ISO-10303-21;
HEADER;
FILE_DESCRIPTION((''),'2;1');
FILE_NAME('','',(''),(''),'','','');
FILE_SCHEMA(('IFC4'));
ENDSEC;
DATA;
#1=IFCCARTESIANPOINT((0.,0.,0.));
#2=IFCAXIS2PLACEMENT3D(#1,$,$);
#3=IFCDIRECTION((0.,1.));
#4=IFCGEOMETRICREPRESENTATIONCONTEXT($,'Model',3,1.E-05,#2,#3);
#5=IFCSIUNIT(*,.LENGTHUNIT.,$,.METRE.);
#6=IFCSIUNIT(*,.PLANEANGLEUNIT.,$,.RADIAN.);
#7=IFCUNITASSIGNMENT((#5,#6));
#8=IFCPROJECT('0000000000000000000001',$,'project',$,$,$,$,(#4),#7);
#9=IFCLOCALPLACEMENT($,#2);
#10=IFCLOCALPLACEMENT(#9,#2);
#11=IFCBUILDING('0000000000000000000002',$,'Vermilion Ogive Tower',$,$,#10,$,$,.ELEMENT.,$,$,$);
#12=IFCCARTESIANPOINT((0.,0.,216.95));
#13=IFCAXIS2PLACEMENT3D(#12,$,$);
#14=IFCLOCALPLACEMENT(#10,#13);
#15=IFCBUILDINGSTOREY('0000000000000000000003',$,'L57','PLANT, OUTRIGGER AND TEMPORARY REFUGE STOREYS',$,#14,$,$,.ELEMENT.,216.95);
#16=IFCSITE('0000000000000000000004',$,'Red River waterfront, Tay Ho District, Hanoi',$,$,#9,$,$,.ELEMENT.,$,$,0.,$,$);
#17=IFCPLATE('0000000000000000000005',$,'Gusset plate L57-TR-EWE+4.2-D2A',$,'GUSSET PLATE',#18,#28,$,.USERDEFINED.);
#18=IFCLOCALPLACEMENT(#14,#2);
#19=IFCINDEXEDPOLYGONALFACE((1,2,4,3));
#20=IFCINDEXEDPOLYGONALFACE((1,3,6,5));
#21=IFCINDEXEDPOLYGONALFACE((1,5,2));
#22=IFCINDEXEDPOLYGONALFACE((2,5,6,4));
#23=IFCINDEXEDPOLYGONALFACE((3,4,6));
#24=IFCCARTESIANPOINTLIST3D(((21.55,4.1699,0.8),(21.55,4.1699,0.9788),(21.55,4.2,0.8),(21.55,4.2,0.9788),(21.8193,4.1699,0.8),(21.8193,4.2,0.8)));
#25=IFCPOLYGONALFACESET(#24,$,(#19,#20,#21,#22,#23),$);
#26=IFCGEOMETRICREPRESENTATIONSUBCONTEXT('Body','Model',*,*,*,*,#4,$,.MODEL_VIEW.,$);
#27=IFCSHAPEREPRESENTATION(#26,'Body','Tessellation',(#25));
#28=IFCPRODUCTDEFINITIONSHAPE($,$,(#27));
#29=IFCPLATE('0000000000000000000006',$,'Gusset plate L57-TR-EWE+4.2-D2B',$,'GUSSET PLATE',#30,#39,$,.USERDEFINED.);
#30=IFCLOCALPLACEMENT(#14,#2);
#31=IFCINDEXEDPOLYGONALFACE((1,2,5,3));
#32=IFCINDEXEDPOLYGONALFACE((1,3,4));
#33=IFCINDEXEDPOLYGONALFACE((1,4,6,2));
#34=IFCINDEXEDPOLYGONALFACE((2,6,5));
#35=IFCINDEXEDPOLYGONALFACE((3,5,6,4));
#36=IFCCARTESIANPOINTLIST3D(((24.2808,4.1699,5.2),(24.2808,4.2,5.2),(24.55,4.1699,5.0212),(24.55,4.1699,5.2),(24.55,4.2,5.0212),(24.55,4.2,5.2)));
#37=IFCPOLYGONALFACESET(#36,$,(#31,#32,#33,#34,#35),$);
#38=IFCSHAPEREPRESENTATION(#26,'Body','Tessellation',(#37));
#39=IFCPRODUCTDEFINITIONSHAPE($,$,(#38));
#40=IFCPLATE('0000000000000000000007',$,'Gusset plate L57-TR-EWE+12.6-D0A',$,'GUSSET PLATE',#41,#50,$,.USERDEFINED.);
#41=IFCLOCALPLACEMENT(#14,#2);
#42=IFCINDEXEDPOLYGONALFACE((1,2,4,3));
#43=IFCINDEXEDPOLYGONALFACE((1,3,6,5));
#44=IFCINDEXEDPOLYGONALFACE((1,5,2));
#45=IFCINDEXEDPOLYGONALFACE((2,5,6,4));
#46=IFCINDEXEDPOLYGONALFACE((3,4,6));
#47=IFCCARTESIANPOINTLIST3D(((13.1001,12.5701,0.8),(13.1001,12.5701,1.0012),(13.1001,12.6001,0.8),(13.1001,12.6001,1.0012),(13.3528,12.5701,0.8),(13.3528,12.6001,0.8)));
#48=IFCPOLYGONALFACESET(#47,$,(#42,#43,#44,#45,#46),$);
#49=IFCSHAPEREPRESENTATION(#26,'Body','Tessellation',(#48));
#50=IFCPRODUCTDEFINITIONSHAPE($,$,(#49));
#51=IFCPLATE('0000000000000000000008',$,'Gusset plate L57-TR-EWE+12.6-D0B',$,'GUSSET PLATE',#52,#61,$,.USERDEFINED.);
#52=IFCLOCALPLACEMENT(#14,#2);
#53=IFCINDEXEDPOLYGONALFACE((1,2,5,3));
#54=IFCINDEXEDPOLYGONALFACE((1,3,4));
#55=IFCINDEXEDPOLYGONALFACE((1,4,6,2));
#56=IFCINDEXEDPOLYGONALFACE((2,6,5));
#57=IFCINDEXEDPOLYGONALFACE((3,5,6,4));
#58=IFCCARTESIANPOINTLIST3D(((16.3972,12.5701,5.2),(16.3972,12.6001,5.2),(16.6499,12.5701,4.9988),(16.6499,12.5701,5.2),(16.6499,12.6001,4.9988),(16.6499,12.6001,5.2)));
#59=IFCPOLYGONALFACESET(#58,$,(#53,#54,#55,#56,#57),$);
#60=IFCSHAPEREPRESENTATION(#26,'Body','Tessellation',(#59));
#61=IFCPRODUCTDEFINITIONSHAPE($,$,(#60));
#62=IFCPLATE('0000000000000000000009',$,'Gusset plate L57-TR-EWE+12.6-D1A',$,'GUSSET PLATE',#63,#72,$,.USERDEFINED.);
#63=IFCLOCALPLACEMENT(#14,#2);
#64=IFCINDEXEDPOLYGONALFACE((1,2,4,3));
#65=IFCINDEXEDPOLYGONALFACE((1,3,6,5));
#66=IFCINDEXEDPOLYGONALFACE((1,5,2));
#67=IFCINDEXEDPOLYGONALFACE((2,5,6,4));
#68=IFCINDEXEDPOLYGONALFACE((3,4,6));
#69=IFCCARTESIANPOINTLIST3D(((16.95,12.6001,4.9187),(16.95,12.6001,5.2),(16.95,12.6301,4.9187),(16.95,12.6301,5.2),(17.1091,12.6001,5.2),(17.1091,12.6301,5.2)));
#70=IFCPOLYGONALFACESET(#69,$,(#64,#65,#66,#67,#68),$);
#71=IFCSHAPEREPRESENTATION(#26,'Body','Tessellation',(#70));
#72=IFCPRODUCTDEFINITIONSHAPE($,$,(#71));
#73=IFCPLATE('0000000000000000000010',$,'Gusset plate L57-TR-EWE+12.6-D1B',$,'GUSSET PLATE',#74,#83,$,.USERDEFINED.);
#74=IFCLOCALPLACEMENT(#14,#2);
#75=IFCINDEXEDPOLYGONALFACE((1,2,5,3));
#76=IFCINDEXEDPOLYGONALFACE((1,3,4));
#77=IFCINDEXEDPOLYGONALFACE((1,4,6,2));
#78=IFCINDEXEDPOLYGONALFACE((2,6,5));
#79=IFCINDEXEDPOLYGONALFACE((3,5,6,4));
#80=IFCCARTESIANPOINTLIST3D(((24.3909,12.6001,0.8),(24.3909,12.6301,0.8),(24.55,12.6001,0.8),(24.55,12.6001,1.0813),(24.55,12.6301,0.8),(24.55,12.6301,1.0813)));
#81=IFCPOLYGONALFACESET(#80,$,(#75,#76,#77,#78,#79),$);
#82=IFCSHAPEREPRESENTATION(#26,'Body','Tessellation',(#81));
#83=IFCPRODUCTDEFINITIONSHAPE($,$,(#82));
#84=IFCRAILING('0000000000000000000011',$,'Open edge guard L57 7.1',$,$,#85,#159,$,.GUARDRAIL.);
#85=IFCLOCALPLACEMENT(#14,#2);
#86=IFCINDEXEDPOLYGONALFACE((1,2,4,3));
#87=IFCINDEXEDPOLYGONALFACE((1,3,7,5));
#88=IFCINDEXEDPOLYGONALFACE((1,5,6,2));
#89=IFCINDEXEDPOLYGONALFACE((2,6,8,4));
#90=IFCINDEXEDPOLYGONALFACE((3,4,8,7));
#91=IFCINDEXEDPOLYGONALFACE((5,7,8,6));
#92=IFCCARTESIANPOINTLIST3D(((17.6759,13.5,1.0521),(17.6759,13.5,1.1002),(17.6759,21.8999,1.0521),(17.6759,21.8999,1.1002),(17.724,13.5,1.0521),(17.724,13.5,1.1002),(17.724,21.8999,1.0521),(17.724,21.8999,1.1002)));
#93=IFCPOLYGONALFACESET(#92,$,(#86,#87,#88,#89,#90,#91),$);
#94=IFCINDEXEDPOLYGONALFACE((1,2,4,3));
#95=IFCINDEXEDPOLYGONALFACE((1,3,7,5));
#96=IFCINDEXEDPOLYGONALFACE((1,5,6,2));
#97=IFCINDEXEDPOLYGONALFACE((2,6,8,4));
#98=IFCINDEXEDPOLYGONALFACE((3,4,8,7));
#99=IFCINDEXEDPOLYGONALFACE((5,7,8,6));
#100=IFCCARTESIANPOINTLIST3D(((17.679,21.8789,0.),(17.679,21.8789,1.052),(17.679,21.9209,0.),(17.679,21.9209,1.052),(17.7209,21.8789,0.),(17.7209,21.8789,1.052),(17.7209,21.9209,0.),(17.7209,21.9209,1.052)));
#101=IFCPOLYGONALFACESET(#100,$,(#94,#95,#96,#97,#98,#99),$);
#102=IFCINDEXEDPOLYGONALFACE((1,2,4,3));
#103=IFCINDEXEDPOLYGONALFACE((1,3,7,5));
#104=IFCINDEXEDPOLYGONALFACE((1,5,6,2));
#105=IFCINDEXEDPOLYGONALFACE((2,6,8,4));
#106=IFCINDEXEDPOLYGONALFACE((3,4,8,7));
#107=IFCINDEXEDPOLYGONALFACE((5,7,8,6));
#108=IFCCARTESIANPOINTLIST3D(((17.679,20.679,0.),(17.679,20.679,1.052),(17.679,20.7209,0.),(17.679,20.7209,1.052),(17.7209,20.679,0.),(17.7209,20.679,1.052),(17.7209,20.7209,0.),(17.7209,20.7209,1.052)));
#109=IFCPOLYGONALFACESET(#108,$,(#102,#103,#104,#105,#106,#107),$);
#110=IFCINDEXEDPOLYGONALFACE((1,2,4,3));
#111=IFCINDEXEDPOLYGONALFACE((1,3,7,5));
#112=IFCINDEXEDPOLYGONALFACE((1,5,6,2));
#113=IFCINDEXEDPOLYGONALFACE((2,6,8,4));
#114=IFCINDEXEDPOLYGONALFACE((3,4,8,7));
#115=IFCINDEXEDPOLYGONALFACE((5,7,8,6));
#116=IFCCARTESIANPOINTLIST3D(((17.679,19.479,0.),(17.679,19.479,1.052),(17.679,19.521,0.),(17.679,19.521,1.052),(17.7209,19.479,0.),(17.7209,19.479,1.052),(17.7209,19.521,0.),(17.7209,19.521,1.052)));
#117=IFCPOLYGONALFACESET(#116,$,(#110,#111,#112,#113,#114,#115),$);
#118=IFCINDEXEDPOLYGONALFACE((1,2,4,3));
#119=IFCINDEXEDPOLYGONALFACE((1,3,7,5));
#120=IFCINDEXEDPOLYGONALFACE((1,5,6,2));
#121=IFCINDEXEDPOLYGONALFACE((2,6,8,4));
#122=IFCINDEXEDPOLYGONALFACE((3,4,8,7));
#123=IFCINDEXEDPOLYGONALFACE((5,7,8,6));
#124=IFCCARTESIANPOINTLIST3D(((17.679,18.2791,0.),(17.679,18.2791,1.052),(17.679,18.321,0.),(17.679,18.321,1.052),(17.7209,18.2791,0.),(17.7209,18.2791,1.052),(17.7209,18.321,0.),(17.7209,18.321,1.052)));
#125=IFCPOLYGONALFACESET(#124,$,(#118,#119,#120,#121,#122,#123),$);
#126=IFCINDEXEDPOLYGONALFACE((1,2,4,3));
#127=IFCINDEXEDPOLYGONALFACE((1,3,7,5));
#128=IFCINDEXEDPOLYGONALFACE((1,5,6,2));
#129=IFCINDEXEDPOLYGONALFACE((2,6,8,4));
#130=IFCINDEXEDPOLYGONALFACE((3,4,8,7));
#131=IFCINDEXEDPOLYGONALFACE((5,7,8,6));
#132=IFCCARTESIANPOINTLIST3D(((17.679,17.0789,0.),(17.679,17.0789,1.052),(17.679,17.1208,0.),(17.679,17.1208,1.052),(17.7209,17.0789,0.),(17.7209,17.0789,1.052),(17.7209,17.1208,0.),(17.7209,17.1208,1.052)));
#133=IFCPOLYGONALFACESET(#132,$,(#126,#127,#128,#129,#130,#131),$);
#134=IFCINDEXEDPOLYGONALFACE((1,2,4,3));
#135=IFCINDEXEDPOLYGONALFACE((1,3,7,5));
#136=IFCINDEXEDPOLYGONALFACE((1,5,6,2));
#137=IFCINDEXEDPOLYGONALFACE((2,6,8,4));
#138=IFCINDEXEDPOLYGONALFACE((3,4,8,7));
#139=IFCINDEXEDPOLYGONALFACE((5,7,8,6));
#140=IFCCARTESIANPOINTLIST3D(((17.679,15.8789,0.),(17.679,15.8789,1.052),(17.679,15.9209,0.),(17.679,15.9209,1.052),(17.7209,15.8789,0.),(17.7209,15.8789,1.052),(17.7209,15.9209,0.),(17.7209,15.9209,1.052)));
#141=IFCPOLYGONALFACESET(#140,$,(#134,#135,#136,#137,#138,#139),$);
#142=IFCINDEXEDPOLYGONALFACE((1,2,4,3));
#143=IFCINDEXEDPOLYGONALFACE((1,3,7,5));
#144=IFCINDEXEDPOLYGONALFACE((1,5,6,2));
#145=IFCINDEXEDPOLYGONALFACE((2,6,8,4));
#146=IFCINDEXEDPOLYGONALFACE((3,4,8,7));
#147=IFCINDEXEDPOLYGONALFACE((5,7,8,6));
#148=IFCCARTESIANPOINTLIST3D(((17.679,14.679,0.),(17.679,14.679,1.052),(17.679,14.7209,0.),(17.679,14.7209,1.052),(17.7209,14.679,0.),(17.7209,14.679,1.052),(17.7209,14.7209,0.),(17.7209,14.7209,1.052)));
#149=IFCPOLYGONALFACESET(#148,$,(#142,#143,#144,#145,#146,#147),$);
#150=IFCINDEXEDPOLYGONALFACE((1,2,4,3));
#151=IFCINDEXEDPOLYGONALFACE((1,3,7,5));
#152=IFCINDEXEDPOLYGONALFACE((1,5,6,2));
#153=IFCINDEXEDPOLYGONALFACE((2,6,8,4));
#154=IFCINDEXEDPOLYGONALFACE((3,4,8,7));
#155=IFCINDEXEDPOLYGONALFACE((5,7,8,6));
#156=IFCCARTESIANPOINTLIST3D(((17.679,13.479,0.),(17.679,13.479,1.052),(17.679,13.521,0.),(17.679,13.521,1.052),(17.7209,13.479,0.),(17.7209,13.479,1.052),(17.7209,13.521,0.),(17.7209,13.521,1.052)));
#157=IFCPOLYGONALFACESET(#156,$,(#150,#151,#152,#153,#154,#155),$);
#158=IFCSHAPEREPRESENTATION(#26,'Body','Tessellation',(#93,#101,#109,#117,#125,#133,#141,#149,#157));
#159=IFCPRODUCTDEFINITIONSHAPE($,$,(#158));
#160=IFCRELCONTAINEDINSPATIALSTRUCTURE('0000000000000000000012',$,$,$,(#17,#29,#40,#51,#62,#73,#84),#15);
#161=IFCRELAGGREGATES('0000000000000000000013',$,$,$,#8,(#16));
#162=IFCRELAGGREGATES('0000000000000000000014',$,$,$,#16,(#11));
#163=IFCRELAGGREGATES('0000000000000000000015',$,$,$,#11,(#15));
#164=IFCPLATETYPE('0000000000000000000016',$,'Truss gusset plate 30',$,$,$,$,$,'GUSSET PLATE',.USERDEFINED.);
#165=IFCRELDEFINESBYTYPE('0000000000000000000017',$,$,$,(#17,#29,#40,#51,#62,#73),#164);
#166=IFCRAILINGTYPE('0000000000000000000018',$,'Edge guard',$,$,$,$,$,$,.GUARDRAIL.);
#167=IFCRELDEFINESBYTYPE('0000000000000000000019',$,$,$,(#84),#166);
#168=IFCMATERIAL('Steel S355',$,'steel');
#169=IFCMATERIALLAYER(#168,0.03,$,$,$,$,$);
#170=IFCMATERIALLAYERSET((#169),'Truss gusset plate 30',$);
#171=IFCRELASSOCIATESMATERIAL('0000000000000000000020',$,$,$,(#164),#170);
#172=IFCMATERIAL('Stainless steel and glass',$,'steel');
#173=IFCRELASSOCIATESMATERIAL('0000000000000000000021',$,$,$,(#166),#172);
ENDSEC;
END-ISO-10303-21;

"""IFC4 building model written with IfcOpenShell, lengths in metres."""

from ifc_helpers import new_model, si_unit, direction, frame, origin, origin_2d, place, context, subcontext, project, spatial, polyline, rectangle, outline, extrude, material, layer, layer_set, type_object, element, save


model = new_model("IFC4")

# Units and contexts
model_context = context("Model", 3, precision=1e-05, world=origin(), true_north=direction((0.0, 1.0)))
body_context = subcontext(model_context, "Body", "Model", "MODEL_VIEW")
ifc_project = project(units=[si_unit("LENGTHUNIT", "METRE"), si_unit("PLANEANGLEUNIT", "RADIAN")], contexts=[model_context])

# Site, building, storey
site_placement = place(None, origin())
site = spatial("IfcSite", under=ifc_project, at=site_placement, Name="Red River waterfront, Tay Ho District, Hanoi", CompositionType="ELEMENT", RefElevation=0.0)
building_placement = place(site_placement, origin())
building = spatial("IfcBuilding", under=site, at=building_placement, Name="Vermilion Ogive Tower", CompositionType="ELEMENT")
storey_placement = place(building_placement, frame((0.0, 0.0, 216.95)))
storey = spatial("IfcBuildingStorey", under=building, at=storey_placement, Name="L57", Description="PLANT, OUTRIGGER AND TEMPORARY REFUGE STOREYS", CompositionType="ELEMENT", Elevation=216.95)

# Plates
ifc_material_1 = material(Name="Steel S355", Category="steel")
ifc_layer_1 = layer(ifc_material_1, 0.03)
ifc_layer_set_1 = layer_set([ifc_layer_1], Name="Truss gusset plate 30")
plate_type_1 = type_object("IfcPlateType", Name="Truss gusset plate 30", ElementType="GUSSET PLATE", PredefinedType="USERDEFINED", material=ifc_layer_set_1)
for number, where, z_axis, x_axis, name in (
    (1, (21.55, 4.2, 0.9788), (0.0, 1.0, 0.0), (0.833211, 0.0, -0.552956), "Gusset plate L57-TR-EWE+4.2-D2A"),
    (2, (24.55, 4.2, 5.0212), (0.0, 1.0, 0.0), (-0.833211, 0.0, 0.552956), "Gusset plate L57-TR-EWE+4.2-D2B"),
):
    element("IfcPlate", number, at=place(storey_placement, frame(where, z_axis=z_axis, x_axis=x_axis)), inside=storey, type_object=plate_type_1, Name=name, ObjectType="GUSSET PLATE", PredefinedType="USERDEFINED", context=body_context, shape_type="SweptSolid", body=[
        extrude(outline(polyline([(0.0, 0.0), (0.3232, 0.0), (0.0988, 0.1489), (0.0, 0.0)])), origin(), (0.0, 0.0, -1.0), 0.03),
    ])
for number, where, z_axis, x_axis, name in (
    (3, (13.1001, 12.6001, 1.0012), (0.0, 1.0, 0.0), (0.782342, 0.0, -0.62285), "Gusset plate L57-TR-EWE+12.6-D0A"),
    (4, (16.6499, 12.6001, 4.9988), (0.0, 1.0, 0.0), (-0.782342, 0.0, 0.62285), "Gusset plate L57-TR-EWE+12.6-D0B"),
):
    element("IfcPlate", number, at=place(storey_placement, frame(where, z_axis=z_axis, x_axis=x_axis)), inside=storey, type_object=plate_type_1, Name=name, ObjectType="GUSSET PLATE", PredefinedType="USERDEFINED", context=body_context, shape_type="SweptSolid", body=[
        extrude(outline(polyline([(0.0, 0.0), (0.323, 0.0), (0.1253, 0.1574), (0.0, 0.0)])), origin(), (0.0, 0.0, -1.0), 0.03),
    ])
for number, where, z_axis, x_axis, name in (
    (5, (16.95, 12.6001, 4.9187), (0.0, -1.0, 0.0), (0.492555, 0.0, 0.870281), "Gusset plate L57-TR-EWE+12.6-D1A"),
    (6, (24.55, 12.6001, 1.0813), (0.0, -1.0, 0.0), (-0.492555, 0.0, -0.870281), "Gusset plate L57-TR-EWE+12.6-D1B"),
):
    element("IfcPlate", number, at=place(storey_placement, frame(where, z_axis=z_axis, x_axis=x_axis)), inside=storey, type_object=plate_type_1, Name=name, ObjectType="GUSSET PLATE", PredefinedType="USERDEFINED", context=body_context, shape_type="SweptSolid", body=[
        extrude(outline(polyline([(0.0, 0.0), (0.3232, 0.0), (0.2448, 0.1385), (0.0, 0.0)])), origin(), (0.0, 0.0, -1.0), 0.03),
    ])

# Railing
ifc_material_2 = material(Name="Stainless steel and glass", Category="steel")
railing_type = type_object("IfcRailingType", Name="Edge guard", PredefinedType="GUARDRAIL", material=ifc_material_2)
railing_1_placement = place(storey_placement, frame((17.7, 21.8999, 0.0)))
element("IfcRailing", 7, at=railing_1_placement, inside=storey, type_object=railing_type, Name="Open edge guard L57 7.1", PredefinedType="GUARDRAIL", context=body_context, shape_type="SweptSolid", body=[
    extrude(rectangle(XDim=0.0481, YDim=0.0481, at=origin_2d()), frame((0.0, 0.0, 1.0762), z_axis=(0.0, -1.0, 0.0), x_axis=(1.0, 0.0, 0.0)), (0.0, 0.0, 1.0), 8.3999),
    extrude(rectangle(XDim=0.042, YDim=0.042, at=origin_2d()), origin(), (0.0, 0.0, 1.0), 1.052),
    extrude(rectangle(XDim=0.042, YDim=0.042, at=origin_2d()), frame((0.0, -1.2, 0.0)), (0.0, 0.0, 1.0), 1.052),
    extrude(rectangle(XDim=0.042, YDim=0.042, at=origin_2d()), frame((0.0, -2.3999, 0.0)), (0.0, 0.0, 1.0), 1.052),
    extrude(rectangle(XDim=0.042, YDim=0.042, at=origin_2d()), frame((0.0, -3.5999, 0.0)), (0.0, 0.0, 1.0), 1.052),
    extrude(rectangle(XDim=0.042, YDim=0.042, at=origin_2d()), frame((0.0, -4.8, 0.0)), (0.0, 0.0, 1.0), 1.052),
    extrude(rectangle(XDim=0.042, YDim=0.042, at=origin_2d()), frame((0.0, -6.0, 0.0)), (0.0, 0.0, 1.0), 1.052),
    extrude(rectangle(XDim=0.042, YDim=0.042, at=origin_2d()), frame((0.0, -7.2, 0.0)), (0.0, 0.0, 1.0), 1.052),
    extrude(rectangle(XDim=0.042, YDim=0.042, at=origin_2d()), frame((0.0, -8.3999, 0.0)), (0.0, 0.0, 1.0), 1.052),
])

save(model, "model.ifc")
